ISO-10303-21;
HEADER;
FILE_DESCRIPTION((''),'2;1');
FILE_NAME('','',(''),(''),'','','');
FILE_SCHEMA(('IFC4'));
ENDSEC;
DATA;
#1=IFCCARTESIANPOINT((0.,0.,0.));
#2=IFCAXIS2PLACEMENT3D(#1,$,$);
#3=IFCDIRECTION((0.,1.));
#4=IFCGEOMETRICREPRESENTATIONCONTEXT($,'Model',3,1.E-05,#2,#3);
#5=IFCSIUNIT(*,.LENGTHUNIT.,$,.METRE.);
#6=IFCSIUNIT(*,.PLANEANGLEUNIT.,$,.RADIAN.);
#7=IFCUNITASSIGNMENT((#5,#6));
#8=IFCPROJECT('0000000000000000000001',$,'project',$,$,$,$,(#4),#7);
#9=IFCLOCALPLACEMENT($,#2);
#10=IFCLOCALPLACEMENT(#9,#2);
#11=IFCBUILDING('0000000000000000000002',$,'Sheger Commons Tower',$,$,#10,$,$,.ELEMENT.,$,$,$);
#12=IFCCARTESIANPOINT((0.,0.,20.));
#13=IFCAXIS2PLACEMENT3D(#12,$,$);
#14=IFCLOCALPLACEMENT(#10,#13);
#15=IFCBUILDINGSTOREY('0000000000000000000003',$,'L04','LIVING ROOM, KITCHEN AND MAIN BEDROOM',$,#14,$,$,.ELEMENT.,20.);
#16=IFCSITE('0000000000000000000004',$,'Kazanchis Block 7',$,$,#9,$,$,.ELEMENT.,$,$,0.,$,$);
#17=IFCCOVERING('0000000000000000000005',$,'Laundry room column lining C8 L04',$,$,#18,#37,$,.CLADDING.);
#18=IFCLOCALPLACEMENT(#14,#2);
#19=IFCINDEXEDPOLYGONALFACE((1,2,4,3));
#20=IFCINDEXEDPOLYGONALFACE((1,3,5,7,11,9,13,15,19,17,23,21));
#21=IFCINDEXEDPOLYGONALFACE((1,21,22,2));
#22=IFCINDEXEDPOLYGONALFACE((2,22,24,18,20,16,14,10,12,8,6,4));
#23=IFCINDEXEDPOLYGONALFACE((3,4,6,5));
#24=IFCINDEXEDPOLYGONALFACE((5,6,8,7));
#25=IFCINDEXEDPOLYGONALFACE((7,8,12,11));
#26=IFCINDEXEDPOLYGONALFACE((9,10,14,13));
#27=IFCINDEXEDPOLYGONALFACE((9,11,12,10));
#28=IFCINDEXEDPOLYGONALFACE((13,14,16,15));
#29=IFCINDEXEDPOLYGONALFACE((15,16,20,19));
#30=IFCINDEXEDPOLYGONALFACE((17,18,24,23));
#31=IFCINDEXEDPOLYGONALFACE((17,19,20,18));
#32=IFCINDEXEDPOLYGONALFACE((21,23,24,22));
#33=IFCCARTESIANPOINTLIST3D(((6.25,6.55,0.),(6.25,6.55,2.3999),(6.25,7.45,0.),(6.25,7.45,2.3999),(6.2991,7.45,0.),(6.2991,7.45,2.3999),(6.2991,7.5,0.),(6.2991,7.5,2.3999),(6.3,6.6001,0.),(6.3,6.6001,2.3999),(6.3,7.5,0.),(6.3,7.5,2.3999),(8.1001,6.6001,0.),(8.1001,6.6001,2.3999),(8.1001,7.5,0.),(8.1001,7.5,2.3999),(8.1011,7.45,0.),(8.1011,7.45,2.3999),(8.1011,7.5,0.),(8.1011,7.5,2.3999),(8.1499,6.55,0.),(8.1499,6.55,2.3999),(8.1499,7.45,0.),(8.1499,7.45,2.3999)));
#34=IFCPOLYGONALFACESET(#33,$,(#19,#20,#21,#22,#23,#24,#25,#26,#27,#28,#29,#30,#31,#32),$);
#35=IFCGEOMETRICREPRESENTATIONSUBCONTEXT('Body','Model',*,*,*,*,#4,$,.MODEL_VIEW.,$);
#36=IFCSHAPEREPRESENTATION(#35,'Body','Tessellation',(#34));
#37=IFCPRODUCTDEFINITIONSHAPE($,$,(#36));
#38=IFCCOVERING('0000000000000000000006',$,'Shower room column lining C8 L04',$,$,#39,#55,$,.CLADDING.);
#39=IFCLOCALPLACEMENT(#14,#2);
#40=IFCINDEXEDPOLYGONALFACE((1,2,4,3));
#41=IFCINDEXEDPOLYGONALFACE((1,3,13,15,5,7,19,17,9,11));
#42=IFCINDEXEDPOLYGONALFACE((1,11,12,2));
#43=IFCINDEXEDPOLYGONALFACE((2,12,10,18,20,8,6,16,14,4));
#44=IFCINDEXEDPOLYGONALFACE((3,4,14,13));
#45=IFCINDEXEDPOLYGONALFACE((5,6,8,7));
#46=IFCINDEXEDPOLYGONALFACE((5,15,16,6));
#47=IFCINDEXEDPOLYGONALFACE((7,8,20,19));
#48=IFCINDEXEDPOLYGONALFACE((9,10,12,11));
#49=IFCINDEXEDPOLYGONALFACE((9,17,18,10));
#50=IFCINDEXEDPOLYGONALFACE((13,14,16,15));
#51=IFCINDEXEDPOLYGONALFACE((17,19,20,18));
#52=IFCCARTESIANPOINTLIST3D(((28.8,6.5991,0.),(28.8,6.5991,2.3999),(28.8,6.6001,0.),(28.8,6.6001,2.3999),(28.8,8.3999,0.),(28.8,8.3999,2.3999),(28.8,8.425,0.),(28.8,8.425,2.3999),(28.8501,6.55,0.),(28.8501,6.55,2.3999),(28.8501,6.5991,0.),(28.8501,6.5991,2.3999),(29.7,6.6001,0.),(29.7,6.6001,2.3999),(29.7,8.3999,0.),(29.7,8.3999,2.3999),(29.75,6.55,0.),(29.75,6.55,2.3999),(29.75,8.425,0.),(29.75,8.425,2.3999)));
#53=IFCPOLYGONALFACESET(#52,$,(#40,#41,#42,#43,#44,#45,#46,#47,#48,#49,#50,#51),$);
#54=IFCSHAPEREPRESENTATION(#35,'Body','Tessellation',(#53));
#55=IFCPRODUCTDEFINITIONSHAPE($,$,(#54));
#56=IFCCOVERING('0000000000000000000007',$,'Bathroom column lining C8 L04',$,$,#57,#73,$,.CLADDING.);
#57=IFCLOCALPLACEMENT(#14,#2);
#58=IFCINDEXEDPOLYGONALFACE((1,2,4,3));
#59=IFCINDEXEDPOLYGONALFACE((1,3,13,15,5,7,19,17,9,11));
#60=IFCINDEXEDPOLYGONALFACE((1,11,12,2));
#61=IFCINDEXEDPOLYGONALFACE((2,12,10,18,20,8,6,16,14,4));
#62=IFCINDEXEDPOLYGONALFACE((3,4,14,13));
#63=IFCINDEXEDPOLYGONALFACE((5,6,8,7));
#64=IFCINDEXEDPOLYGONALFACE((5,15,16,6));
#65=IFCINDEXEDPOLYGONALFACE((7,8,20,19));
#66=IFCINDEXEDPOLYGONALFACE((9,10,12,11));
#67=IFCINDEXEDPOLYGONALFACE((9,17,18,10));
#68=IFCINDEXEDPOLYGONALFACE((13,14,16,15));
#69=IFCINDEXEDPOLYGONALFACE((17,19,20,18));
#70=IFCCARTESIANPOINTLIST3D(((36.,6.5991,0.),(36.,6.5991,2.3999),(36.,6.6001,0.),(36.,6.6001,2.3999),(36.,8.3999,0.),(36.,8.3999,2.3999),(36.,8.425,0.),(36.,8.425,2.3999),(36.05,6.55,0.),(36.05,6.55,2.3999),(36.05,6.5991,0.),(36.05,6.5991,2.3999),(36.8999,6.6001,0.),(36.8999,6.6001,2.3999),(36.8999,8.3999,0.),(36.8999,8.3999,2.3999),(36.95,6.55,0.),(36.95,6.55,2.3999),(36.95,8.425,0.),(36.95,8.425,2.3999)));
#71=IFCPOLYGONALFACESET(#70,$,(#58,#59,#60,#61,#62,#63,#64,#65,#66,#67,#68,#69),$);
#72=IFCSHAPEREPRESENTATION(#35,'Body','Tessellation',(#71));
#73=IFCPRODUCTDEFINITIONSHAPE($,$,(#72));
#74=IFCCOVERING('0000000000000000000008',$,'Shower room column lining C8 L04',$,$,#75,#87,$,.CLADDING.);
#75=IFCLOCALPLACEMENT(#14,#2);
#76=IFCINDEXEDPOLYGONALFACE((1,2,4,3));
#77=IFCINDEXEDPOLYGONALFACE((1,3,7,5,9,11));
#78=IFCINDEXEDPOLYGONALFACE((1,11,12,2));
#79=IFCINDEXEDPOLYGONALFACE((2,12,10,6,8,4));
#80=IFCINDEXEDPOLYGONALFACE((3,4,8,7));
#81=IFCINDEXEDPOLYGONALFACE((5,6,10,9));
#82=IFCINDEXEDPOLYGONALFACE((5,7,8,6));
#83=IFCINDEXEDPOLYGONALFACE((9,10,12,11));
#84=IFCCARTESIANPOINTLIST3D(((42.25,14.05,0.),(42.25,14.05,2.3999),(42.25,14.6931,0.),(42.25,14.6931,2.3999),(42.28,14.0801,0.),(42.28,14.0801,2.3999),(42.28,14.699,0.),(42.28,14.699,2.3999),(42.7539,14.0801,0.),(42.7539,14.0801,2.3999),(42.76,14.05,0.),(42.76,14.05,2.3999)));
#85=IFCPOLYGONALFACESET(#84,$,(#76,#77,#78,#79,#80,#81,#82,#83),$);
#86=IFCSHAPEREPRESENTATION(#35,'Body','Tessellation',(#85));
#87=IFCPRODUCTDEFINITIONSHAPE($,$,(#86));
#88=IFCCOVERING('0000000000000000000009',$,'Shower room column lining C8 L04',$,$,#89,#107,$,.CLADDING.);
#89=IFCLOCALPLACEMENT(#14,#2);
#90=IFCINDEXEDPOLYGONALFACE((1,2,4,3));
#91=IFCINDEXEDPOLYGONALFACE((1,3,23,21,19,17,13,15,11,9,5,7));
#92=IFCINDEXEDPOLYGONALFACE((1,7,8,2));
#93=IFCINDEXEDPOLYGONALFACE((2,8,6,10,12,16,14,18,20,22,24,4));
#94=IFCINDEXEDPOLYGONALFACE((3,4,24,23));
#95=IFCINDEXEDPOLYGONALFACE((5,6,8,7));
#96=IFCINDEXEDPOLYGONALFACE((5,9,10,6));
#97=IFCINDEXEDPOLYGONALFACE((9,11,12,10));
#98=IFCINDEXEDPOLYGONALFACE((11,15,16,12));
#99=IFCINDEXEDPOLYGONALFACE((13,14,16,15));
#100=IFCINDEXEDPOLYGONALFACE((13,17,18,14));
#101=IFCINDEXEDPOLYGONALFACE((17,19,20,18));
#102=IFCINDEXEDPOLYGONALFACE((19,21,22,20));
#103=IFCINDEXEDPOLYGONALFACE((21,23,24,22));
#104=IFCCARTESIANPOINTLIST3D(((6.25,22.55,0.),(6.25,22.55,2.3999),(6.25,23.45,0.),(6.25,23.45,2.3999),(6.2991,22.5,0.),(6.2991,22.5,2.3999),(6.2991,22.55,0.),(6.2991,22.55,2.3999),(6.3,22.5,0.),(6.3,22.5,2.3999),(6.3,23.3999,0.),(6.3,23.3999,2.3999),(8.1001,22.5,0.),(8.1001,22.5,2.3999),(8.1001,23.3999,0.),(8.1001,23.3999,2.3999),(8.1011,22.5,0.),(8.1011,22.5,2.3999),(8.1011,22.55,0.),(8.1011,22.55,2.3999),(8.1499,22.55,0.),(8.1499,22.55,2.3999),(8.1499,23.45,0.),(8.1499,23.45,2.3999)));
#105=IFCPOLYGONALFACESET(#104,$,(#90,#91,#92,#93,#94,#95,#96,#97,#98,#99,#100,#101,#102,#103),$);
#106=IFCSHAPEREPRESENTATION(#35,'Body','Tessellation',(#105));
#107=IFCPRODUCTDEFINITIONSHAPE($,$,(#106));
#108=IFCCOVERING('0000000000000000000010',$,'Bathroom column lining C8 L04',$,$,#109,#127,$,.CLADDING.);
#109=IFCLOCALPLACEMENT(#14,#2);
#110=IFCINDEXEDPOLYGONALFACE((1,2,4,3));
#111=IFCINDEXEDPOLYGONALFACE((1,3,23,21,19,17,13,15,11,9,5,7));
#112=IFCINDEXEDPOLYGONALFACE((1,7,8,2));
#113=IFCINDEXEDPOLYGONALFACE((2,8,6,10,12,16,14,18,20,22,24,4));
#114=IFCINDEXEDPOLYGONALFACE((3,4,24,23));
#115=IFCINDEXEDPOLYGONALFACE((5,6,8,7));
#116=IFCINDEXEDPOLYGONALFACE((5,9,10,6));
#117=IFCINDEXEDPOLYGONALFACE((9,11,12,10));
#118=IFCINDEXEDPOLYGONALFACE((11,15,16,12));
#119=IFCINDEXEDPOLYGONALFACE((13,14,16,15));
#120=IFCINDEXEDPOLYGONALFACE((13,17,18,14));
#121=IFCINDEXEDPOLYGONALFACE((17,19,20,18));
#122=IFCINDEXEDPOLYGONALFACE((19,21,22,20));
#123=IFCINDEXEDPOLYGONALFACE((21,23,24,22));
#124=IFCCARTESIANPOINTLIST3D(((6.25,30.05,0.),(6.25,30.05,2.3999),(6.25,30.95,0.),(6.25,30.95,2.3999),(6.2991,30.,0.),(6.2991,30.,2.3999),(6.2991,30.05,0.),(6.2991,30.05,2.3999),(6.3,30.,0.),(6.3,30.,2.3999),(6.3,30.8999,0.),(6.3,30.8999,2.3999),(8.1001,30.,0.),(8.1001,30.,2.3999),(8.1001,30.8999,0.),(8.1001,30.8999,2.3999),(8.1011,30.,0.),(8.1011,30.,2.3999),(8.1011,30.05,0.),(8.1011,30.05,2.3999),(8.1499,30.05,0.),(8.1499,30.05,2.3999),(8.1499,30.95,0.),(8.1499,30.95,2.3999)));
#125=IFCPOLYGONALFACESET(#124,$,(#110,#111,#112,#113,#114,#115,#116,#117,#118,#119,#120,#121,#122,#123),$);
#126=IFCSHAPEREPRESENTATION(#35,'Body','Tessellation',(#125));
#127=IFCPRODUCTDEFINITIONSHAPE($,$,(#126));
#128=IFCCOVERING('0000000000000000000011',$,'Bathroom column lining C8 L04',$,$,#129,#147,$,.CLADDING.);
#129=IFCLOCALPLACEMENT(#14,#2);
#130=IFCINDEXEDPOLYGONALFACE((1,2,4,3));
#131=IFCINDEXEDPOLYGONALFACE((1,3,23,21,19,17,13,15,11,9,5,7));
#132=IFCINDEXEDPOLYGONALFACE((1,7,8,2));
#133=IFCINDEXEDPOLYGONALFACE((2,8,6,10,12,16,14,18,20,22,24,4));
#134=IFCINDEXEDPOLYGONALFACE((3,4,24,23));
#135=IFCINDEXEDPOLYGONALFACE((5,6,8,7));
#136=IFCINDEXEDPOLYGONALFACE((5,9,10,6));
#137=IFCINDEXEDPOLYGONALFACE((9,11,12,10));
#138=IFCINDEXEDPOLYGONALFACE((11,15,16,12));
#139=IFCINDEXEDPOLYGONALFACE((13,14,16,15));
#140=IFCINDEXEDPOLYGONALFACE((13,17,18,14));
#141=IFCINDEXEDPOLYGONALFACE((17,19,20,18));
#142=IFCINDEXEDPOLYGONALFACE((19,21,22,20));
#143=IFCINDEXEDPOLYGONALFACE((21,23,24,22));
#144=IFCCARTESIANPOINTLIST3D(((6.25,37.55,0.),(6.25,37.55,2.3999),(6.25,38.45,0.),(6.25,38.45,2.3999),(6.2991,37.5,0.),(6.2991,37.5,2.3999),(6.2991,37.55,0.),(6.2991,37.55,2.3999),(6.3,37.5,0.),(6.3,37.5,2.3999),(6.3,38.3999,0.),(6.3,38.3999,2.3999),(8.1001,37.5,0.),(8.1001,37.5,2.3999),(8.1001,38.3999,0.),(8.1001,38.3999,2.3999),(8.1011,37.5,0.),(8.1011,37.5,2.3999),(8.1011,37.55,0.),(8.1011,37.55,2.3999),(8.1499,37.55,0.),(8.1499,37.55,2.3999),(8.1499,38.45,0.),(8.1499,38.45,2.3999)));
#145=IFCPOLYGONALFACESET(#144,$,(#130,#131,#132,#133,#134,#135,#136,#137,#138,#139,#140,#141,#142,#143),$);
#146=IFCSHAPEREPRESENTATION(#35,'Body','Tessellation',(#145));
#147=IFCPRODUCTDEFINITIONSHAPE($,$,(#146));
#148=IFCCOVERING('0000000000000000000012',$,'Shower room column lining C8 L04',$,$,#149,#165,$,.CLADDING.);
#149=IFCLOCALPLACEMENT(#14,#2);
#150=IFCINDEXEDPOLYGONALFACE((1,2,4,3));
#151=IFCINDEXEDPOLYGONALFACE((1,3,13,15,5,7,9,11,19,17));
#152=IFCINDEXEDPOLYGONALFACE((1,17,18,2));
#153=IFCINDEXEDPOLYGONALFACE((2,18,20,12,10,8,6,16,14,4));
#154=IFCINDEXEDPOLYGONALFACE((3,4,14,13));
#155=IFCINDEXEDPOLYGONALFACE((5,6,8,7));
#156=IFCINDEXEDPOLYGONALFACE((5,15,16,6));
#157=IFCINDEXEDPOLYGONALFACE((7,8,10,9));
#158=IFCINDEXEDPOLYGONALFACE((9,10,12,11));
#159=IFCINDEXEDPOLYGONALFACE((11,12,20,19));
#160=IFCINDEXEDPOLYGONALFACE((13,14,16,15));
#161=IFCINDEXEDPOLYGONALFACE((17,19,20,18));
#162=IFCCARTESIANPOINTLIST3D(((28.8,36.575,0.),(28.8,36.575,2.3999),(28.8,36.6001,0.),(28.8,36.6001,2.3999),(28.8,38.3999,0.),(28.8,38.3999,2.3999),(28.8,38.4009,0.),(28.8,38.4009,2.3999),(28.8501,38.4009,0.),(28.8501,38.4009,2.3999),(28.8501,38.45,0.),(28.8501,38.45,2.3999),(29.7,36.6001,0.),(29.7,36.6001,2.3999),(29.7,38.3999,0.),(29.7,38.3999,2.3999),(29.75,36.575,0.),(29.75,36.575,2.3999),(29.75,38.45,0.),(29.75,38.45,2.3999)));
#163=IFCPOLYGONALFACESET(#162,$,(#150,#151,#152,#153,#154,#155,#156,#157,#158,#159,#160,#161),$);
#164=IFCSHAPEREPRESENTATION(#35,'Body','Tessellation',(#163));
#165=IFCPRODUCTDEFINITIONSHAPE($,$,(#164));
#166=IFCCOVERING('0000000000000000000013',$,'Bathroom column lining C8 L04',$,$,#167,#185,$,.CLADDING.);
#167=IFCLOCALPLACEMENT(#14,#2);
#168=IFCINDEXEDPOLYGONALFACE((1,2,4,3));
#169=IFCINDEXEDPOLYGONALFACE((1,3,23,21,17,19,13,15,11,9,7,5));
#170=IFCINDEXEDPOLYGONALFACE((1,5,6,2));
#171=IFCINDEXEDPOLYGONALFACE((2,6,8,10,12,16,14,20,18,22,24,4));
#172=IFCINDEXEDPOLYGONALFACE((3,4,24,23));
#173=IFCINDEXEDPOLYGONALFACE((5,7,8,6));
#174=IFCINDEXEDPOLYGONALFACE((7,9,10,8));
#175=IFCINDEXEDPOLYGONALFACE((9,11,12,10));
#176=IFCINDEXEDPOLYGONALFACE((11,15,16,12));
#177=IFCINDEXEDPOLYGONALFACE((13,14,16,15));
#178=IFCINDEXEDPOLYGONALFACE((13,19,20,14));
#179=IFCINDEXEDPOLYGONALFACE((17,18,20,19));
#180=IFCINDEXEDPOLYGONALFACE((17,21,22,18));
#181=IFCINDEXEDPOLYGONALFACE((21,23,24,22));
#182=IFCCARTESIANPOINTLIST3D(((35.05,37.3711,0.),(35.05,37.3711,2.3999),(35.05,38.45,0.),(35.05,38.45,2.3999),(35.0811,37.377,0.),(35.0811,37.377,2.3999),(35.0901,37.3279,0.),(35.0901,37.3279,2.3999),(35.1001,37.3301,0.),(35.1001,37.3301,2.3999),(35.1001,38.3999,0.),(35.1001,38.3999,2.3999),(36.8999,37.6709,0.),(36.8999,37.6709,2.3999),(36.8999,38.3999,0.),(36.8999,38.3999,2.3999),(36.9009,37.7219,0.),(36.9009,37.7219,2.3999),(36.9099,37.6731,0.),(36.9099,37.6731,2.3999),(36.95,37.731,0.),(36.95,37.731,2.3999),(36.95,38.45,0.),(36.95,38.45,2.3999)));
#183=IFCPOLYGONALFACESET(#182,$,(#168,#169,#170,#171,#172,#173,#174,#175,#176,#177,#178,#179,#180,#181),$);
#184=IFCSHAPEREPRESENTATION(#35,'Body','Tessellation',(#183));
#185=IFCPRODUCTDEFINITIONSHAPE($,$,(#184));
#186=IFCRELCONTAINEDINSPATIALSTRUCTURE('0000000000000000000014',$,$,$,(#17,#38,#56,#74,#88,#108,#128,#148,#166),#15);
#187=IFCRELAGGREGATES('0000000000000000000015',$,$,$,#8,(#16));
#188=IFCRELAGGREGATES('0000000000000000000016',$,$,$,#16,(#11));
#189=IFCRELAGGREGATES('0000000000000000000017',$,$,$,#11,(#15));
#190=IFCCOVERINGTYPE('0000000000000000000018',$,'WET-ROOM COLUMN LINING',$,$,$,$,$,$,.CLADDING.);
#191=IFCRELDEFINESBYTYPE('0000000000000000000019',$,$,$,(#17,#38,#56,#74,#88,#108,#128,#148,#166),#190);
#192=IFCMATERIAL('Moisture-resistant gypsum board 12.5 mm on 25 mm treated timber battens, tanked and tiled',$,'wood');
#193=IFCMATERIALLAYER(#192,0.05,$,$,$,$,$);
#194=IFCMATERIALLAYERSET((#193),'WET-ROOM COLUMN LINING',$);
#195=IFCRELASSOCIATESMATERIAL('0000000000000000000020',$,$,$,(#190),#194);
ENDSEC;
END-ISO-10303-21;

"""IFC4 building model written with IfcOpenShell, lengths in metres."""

from ifc_helpers import new_model, si_unit, direction, frame, origin, place, context, subcontext, project, spatial, polyline, outline, extrude, material, layer, layer_set, type_object, element, save


model = new_model("IFC4")

# Units and contexts
model_context = context("Model", 3, precision=1e-05, world=origin(), true_north=direction((0.0, 1.0)))
body_context = subcontext(model_context, "Body", "Model", "MODEL_VIEW")
ifc_project = project(units=[si_unit("LENGTHUNIT", "METRE"), si_unit("PLANEANGLEUNIT", "RADIAN")], contexts=[model_context])

# Site, building, storey
site_placement = place(None, origin())
site = spatial("IfcSite", under=ifc_project, at=site_placement, Name="Kazanchis Block 7", CompositionType="ELEMENT", RefElevation=0.0)
building_placement = place(site_placement, origin())
building = spatial("IfcBuilding", under=site, at=building_placement, Name="Sheger Commons Tower", CompositionType="ELEMENT")
storey_placement = place(building_placement, frame((0.0, 0.0, 20.0)))
storey = spatial("IfcBuildingStorey", under=building, at=storey_placement, Name="L04", Description="LIVING ROOM, KITCHEN AND MAIN BEDROOM", CompositionType="ELEMENT", Elevation=20.0)

# Coverings
ifc_material_1 = material(Name="Moisture-resistant gypsum board 12.5 mm on 25 mm treated timber battens, tanked and tiled", Category="wood")
ifc_layer_1 = layer(ifc_material_1, 0.05)
ifc_layer_set_1 = layer_set([ifc_layer_1], Name="WET-ROOM COLUMN LINING")
covering_type_1 = type_object("IfcCoveringType", Name="WET-ROOM COLUMN LINING", PredefinedType="CLADDING", material=ifc_layer_set_1)
covering_1_placement = place(storey_placement, origin())
element("IfcCovering", 1, at=covering_1_placement, inside=storey, type_object=covering_type_1, Name="Laundry room column lining C8 L04", PredefinedType="CLADDING", context=body_context, shape_type="SweptSolid", body=[
    extrude(outline(polyline([(6.3, 7.5), (6.3, 6.6001), (8.1001, 6.6001), (8.1001, 7.5), (8.1011, 7.5), (8.1011, 7.45), (8.1499, 7.45), (8.1499, 6.55), (6.25, 6.55), (6.25, 7.45), (6.2991, 7.45), (6.2991, 7.5), (6.3, 7.5)])), origin(), (0.0, 0.0, 1.0), 2.3999),
])
covering_2_placement = place(storey_placement, origin())
element("IfcCovering", 2, at=covering_2_placement, inside=storey, type_object=covering_type_1, Name="Shower room column lining C8 L04", PredefinedType="CLADDING", context=body_context, shape_type="SweptSolid", body=[
    extrude(outline(polyline([(29.75, 6.55), (28.8501, 6.55), (28.8501, 6.5991), (28.8, 6.5991), (28.8, 6.6001), (29.7, 6.6001), (29.7, 8.3999), (28.8, 8.3999), (28.8, 8.425), (29.75, 8.425), (29.75, 6.55)])), origin(), (0.0, 0.0, 1.0), 2.3999),
])
covering_3_placement = place(storey_placement, origin())
element("IfcCovering", 3, at=covering_3_placement, inside=storey, type_object=covering_type_1, Name="Bathroom column lining C8 L04", PredefinedType="CLADDING", context=body_context, shape_type="SweptSolid", body=[
    extrude(outline(polyline([(36.95, 6.55), (36.05, 6.55), (36.05, 6.5991), (36.0, 6.5991), (36.0, 6.6001), (36.8999, 6.6001), (36.8999, 8.3999), (36.0, 8.3999), (36.0, 8.425), (36.95, 8.425), (36.95, 6.55)])), origin(), (0.0, 0.0, 1.0), 2.3999),
])
covering_4_placement = place(storey_placement, origin())
element("IfcCovering", 4, at=covering_4_placement, inside=storey, type_object=covering_type_1, Name="Shower room column lining C8 L04", PredefinedType="CLADDING", context=body_context, shape_type="SweptSolid", body=[
    extrude(outline(polyline([(42.28, 14.0801), (42.7539, 14.0801), (42.76, 14.05), (42.25, 14.05), (42.25, 14.6931), (42.28, 14.699), (42.28, 14.0801)])), origin(), (0.0, 0.0, 1.0), 2.3999),
])
covering_5_placement = place(storey_placement, origin())
element("IfcCovering", 5, at=covering_5_placement, inside=storey, type_object=covering_type_1, Name="Shower room column lining C8 L04", PredefinedType="CLADDING", context=body_context, shape_type="SweptSolid", body=[
    extrude(outline(polyline([(8.1499, 23.45), (8.1499, 22.55), (8.1011, 22.55), (8.1011, 22.5), (8.1001, 22.5), (8.1001, 23.3999), (6.3, 23.3999), (6.3, 22.5), (6.2991, 22.5), (6.2991, 22.55), (6.25, 22.55), (6.25, 23.45), (8.1499, 23.45)])), origin(), (0.0, 0.0, 1.0), 2.3999),
])
covering_6_placement = place(storey_placement, origin())
element("IfcCovering", 6, at=covering_6_placement, inside=storey, type_object=covering_type_1, Name="Bathroom column lining C8 L04", PredefinedType="CLADDING", context=body_context, shape_type="SweptSolid", body=[
    extrude(outline(polyline([(8.1499, 30.95), (8.1499, 30.05), (8.1011, 30.05), (8.1011, 30.0), (8.1001, 30.0), (8.1001, 30.8999), (6.3, 30.8999), (6.3, 30.0), (6.2991, 30.0), (6.2991, 30.05), (6.25, 30.05), (6.25, 30.95), (8.1499, 30.95)])), origin(), (0.0, 0.0, 1.0), 2.3999),
])
covering_7_placement = place(storey_placement, origin())
element("IfcCovering", 7, at=covering_7_placement, inside=storey, type_object=covering_type_1, Name="Bathroom column lining C8 L04", PredefinedType="CLADDING", context=body_context, shape_type="SweptSolid", body=[
    extrude(outline(polyline([(8.1499, 38.45), (8.1499, 37.55), (8.1011, 37.55), (8.1011, 37.5), (8.1001, 37.5), (8.1001, 38.3999), (6.3, 38.3999), (6.3, 37.5), (6.2991, 37.5), (6.2991, 37.55), (6.25, 37.55), (6.25, 38.45), (8.1499, 38.45)])), origin(), (0.0, 0.0, 1.0), 2.3999),
])
covering_8_placement = place(storey_placement, origin())
element("IfcCovering", 8, at=covering_8_placement, inside=storey, type_object=covering_type_1, Name="Shower room column lining C8 L04", PredefinedType="CLADDING", context=body_context, shape_type="SweptSolid", body=[
    extrude(outline(polyline([(29.75, 36.575), (28.8, 36.575), (28.8, 36.6001), (29.7, 36.6001), (29.7, 38.3999), (28.8, 38.3999), (28.8, 38.4009), (28.8501, 38.4009), (28.8501, 38.45), (29.75, 38.45), (29.75, 36.575)])), origin(), (0.0, 0.0, 1.0), 2.3999),
])
covering_9_placement = place(storey_placement, origin())
element("IfcCovering", 9, at=covering_9_placement, inside=storey, type_object=covering_type_1, Name="Bathroom column lining C8 L04", PredefinedType="CLADDING", context=body_context, shape_type="SweptSolid", body=[
    extrude(outline(polyline([(36.95, 38.45), (36.95, 37.731), (36.9009, 37.7219), (36.9099, 37.6731), (36.8999, 37.6709), (36.8999, 38.3999), (35.1001, 38.3999), (35.1001, 37.3301), (35.0901, 37.3279), (35.0811, 37.377), (35.05, 37.3711), (35.05, 38.45), (36.95, 38.45)])), origin(), (0.0, 0.0, 1.0), 2.3999),
])

save(model, "model.ifc")
